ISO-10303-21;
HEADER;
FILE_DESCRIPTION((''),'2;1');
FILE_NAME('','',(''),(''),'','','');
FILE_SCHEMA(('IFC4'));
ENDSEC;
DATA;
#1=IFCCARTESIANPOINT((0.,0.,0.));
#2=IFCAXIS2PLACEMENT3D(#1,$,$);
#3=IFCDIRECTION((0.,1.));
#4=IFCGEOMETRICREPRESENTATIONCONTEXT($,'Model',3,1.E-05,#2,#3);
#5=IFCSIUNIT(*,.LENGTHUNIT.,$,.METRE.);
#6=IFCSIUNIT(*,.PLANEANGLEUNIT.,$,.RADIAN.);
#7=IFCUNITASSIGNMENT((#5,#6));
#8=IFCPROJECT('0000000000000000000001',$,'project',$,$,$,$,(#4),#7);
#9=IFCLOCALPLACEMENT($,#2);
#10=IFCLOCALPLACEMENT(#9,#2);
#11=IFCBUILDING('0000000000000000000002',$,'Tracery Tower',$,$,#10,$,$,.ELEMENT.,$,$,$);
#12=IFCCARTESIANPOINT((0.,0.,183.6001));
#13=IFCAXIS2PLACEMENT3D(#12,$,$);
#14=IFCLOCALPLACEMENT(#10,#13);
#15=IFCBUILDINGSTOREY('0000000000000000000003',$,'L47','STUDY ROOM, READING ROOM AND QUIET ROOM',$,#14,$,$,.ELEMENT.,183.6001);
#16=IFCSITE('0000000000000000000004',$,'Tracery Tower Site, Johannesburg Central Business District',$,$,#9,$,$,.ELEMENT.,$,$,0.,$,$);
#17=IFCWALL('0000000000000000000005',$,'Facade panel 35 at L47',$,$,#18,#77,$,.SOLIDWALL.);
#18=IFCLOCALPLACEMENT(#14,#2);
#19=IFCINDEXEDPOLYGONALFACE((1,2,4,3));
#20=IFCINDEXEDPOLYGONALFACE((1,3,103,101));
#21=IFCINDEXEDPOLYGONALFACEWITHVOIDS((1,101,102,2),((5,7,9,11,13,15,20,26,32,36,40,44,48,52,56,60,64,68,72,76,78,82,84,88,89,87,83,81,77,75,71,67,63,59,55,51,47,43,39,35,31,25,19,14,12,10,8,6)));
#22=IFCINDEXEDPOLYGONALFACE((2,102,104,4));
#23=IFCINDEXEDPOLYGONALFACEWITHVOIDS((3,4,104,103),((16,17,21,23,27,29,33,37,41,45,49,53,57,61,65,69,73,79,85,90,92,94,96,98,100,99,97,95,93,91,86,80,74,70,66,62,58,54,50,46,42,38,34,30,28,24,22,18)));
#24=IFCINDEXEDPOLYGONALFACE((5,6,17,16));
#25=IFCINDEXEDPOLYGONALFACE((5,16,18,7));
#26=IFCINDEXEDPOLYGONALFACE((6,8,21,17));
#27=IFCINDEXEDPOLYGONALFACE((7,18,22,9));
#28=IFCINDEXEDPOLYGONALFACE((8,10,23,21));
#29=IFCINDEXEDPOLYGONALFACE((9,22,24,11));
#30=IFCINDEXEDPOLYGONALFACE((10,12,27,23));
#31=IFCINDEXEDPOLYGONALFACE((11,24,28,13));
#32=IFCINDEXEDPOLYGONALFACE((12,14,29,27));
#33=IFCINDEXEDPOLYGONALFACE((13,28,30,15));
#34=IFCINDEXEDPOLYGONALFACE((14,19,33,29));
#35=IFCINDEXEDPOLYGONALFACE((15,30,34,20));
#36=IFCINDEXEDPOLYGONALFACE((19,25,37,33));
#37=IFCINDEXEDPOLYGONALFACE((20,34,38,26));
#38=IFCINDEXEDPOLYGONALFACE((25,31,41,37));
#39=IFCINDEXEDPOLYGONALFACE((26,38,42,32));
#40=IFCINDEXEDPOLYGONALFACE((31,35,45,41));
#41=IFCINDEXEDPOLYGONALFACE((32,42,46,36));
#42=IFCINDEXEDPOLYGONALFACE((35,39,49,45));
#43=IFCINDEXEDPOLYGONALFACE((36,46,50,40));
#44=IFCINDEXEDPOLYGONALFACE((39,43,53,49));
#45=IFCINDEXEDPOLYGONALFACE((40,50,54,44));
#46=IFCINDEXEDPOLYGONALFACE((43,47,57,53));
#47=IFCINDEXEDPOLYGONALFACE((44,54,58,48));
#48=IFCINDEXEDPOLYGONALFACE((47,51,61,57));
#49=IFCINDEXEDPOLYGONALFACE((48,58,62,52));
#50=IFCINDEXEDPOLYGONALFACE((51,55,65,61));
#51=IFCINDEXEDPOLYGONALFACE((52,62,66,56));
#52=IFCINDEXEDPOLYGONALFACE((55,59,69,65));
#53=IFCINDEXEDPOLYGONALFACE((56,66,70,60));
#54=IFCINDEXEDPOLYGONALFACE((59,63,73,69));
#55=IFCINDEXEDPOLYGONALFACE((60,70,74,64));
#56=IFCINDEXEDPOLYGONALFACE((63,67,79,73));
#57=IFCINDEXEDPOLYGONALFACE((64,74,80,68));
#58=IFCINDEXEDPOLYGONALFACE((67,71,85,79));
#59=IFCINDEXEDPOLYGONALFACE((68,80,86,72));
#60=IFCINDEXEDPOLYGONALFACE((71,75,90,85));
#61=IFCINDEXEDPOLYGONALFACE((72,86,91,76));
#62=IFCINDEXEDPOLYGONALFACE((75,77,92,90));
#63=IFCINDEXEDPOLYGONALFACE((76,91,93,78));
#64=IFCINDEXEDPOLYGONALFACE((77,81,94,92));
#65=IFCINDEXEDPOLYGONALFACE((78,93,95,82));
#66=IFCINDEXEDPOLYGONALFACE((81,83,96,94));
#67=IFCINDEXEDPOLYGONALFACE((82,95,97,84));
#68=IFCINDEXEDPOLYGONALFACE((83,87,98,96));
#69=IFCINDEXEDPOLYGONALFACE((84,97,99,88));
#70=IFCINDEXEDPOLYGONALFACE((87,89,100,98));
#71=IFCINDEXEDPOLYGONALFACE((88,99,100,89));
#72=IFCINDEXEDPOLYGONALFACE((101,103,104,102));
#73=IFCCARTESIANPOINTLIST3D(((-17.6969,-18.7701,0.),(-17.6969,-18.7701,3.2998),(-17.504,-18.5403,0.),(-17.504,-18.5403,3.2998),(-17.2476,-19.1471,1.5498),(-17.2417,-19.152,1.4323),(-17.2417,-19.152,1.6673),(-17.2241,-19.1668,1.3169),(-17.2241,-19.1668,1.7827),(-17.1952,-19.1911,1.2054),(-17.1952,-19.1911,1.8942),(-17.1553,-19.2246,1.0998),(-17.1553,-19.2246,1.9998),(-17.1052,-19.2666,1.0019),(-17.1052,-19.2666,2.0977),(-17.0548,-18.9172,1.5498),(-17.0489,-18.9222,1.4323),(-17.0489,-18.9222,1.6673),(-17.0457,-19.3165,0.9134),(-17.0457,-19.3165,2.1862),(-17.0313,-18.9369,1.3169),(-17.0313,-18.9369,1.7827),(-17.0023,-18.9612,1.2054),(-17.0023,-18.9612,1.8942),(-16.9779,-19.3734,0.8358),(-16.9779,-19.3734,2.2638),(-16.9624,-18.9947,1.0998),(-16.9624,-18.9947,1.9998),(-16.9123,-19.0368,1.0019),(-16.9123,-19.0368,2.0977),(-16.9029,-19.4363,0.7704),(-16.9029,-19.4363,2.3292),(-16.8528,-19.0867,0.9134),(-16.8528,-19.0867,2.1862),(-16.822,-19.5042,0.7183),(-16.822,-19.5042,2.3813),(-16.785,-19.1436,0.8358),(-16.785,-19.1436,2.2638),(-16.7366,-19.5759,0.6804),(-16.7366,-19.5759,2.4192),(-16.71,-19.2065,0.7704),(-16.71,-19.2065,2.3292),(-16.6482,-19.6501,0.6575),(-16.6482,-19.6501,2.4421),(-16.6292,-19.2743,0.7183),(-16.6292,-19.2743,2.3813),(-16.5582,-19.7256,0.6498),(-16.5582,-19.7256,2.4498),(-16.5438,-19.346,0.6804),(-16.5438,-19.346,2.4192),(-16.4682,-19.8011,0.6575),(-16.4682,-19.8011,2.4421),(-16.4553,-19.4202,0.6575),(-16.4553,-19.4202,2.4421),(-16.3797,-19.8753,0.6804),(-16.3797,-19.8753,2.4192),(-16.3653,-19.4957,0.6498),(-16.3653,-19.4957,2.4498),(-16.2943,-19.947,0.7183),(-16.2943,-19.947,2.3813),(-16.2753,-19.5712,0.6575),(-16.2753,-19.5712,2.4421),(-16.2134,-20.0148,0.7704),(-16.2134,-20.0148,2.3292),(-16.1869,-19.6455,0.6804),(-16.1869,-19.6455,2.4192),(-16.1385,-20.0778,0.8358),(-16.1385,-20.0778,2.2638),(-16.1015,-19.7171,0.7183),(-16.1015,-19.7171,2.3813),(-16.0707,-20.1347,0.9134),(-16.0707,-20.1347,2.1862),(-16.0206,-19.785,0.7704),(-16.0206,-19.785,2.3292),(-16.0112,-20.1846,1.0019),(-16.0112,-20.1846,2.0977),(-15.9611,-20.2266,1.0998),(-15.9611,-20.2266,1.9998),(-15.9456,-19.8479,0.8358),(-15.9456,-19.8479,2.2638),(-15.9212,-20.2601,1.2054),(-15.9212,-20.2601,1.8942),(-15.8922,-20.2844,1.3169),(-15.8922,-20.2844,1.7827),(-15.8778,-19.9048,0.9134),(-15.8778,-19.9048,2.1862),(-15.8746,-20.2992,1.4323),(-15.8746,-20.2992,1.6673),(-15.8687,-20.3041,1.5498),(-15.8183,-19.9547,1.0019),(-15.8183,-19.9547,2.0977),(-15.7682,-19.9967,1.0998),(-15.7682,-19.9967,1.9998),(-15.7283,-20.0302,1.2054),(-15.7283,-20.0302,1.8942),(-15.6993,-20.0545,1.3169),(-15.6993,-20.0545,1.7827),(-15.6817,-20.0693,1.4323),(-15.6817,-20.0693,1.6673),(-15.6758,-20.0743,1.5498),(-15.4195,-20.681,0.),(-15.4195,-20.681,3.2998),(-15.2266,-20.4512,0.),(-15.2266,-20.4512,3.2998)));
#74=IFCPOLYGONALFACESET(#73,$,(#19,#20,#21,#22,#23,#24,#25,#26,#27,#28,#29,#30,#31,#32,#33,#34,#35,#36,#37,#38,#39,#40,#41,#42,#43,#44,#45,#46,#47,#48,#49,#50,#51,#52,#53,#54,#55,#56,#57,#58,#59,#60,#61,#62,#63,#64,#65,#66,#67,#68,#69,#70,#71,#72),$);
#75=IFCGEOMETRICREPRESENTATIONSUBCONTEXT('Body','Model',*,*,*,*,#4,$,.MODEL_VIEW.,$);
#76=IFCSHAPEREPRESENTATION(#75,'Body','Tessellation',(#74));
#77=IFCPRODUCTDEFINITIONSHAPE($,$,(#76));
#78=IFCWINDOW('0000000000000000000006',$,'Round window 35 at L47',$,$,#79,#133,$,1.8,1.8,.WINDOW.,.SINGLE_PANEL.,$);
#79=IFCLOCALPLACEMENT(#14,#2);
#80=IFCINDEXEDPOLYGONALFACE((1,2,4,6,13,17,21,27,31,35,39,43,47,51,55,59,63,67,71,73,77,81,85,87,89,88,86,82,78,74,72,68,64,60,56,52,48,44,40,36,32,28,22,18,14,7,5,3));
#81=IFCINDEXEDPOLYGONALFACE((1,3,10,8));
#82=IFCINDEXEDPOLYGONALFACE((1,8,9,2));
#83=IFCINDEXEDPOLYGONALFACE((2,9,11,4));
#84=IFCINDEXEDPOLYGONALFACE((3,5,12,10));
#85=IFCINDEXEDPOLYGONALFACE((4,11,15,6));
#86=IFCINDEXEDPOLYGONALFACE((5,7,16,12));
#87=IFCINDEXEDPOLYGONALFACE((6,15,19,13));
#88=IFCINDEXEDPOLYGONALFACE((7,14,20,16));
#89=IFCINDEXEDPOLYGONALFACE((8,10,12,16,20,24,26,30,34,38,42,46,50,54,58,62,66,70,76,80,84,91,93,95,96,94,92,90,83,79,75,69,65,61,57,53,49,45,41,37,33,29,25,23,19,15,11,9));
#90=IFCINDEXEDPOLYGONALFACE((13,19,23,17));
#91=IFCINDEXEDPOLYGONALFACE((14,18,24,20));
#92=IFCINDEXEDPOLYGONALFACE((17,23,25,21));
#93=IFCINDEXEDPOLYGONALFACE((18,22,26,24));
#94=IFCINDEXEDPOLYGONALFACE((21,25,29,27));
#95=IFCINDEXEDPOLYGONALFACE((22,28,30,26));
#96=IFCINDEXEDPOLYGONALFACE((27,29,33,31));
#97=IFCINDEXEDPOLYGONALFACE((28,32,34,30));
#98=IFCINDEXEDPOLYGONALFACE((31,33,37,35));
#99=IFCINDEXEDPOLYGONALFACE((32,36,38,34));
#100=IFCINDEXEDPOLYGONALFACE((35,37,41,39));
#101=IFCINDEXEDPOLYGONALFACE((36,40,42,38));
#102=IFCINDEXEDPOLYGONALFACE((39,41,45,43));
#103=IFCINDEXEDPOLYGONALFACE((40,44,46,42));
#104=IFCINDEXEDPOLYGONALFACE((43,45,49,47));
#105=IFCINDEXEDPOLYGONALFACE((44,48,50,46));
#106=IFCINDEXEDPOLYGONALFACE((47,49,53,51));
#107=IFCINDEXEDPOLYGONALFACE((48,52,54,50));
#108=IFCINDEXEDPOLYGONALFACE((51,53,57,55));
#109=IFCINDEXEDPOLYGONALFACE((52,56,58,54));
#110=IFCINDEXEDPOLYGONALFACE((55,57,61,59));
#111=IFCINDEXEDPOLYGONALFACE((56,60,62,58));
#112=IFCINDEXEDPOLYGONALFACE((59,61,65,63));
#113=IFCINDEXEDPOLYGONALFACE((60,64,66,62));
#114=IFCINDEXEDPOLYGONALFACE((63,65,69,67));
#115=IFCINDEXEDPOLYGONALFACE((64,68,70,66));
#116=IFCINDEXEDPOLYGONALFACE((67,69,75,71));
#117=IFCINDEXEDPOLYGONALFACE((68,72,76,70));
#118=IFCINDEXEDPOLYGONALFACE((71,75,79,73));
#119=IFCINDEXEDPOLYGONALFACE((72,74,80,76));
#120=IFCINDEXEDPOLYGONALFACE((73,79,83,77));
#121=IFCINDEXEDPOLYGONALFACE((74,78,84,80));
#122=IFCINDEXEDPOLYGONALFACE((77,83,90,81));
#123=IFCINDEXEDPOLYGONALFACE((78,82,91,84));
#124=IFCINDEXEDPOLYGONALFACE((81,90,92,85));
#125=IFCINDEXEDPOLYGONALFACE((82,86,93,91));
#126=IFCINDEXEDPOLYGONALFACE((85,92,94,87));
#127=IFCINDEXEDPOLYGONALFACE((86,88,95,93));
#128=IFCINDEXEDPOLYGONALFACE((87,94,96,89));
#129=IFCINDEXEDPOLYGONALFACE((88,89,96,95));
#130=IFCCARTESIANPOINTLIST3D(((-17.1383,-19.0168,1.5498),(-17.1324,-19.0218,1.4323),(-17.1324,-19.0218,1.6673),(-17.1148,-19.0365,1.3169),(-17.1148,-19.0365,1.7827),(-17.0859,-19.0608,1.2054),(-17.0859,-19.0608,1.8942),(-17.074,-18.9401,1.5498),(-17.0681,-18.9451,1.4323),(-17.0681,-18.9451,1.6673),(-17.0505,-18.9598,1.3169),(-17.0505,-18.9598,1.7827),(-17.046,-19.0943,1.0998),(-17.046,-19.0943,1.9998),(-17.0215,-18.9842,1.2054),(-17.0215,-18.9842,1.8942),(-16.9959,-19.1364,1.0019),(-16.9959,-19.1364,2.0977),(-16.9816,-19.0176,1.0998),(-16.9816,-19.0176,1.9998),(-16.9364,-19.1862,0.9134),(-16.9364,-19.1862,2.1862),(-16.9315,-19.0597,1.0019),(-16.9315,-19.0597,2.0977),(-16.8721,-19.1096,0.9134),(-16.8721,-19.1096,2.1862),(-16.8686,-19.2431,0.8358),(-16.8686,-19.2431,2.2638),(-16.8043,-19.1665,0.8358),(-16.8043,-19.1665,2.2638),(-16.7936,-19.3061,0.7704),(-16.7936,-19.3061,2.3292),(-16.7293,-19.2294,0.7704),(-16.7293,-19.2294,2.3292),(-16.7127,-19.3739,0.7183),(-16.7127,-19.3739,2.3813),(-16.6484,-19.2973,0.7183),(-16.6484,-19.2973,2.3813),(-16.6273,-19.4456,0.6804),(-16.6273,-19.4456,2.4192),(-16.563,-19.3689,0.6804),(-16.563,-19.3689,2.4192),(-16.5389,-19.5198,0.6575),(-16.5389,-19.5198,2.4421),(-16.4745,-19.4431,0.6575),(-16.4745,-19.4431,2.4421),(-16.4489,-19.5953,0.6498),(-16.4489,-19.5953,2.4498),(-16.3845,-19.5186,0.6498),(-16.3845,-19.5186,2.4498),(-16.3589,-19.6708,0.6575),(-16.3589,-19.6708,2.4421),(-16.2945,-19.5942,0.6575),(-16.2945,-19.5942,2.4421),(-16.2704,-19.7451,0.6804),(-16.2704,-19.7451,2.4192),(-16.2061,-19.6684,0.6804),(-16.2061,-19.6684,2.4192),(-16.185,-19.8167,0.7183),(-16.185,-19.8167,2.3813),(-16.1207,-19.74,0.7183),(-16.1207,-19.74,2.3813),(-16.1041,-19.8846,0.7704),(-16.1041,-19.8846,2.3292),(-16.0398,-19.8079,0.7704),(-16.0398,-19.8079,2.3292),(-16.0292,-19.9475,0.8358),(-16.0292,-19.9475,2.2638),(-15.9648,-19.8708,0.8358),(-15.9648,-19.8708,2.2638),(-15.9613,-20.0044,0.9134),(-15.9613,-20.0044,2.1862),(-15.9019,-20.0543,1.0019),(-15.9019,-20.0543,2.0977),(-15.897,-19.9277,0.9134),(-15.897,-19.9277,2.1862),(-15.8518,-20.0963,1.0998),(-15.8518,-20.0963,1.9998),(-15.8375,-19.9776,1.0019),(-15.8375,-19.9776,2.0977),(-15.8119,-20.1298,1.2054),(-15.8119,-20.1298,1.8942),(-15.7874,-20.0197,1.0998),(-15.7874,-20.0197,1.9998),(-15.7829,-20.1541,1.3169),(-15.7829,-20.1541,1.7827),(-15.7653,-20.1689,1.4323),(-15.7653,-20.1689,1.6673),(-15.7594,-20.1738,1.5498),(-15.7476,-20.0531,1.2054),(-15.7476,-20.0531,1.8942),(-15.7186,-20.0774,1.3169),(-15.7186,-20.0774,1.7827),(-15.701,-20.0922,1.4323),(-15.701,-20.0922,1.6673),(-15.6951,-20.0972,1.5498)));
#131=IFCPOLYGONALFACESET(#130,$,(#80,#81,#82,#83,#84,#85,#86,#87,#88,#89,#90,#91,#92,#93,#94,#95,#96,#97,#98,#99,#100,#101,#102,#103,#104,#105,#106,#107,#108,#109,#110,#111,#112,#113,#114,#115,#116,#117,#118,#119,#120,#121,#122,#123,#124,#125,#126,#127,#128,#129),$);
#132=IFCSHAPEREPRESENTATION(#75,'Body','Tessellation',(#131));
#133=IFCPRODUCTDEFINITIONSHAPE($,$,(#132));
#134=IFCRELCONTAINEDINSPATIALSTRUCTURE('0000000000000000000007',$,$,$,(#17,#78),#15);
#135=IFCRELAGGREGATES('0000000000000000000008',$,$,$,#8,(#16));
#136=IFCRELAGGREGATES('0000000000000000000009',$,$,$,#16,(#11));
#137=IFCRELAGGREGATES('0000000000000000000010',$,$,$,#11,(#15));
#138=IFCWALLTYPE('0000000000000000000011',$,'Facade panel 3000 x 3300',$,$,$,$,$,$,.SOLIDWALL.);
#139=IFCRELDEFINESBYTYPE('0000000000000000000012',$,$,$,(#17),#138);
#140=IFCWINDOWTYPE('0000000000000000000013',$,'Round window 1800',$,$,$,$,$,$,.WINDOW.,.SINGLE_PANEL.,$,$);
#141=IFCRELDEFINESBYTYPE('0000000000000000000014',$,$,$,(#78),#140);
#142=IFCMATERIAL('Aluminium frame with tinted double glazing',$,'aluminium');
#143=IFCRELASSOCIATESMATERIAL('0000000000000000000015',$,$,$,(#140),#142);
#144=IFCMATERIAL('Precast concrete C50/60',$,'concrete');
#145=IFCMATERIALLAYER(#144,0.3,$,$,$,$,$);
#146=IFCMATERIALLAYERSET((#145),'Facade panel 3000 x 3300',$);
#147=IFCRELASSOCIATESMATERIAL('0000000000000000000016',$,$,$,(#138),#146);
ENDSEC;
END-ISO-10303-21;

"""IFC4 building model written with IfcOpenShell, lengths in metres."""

from ifc_helpers import new_model, si_unit, direction, frame, frame_2d, origin, origin_2d, place, context, subcontext, project, spatial, rectangle, circle, extrude, material, layer, layer_set, type_object, element, fill, save


model = new_model("IFC4")

# Units and contexts
model_context = context("Model", 3, precision=1e-05, world=origin(), true_north=direction((0.0, 1.0)))
body_context = subcontext(model_context, "Body", "Model", "MODEL_VIEW")
ifc_project = project(units=[si_unit("LENGTHUNIT", "METRE"), si_unit("PLANEANGLEUNIT", "RADIAN")], contexts=[model_context])

# Site, building, storey
site_placement = place(None, origin())
site = spatial("IfcSite", under=ifc_project, at=site_placement, Name="Tracery Tower Site, Johannesburg Central Business District", CompositionType="ELEMENT", RefElevation=0.0)
building_placement = place(site_placement, origin())
building = spatial("IfcBuilding", under=site, at=building_placement, Name="Tracery Tower", CompositionType="ELEMENT")
storey_placement = place(building_placement, frame((0.0, 0.0, 183.6001)))
storey = spatial("IfcBuildingStorey", under=building, at=storey_placement, Name="L47", Description="STUDY ROOM, READING ROOM AND QUIET ROOM", CompositionType="ELEMENT", Elevation=183.6001)

# Wall, opening, window
ifc_material_1 = material(Name="Aluminium frame with tinted double glazing", Category="aluminium")
window_type = type_object("IfcWindowType", Name="Round window 1800", PartitioningType="SINGLE_PANEL", PredefinedType="WINDOW", material=ifc_material_1)
ifc_material_2 = material(Name="Precast concrete C50/60", Category="concrete")
ifc_layer_1 = layer(ifc_material_2, 0.3)
ifc_layer_set_1 = layer_set([ifc_layer_1], Name="Facade panel 3000 x 3300")
wall_type_1 = type_object("IfcWallType", Name="Facade panel 3000 x 3300", PredefinedType="SOLIDWALL", material=ifc_layer_set_1)
wall_1_placement = place(storey_placement, frame((-17.6003, -18.6553, 0.0), z_axis=(0.0, 0.0, 1.0), x_axis=(0.766049, -0.642782, 0.0)))
wall_1 = element("IfcWall", 1, at=wall_1_placement, inside=storey, type_object=wall_type_1, Name="Facade panel 35 at L47", PredefinedType="SOLIDWALL", context=body_context, shape_type="SweptSolid", body=[
    extrude(rectangle(XDim=2.9729, YDim=0.3, at=frame_2d((1.4863, 0.0))), origin(), (0.0, 0.0, 1.0), 3.2998),
])
opening_1_placement = place(wall_1_placement, frame((1.4863, 0.0, 1.5498)))
opening_1 = element("IfcOpeningElement", 2, at=opening_1_placement, cuts=wall_1, PredefinedType="OPENING", context=body_context, shape_type="SweptSolid", body=[
    extrude(circle(Radius=0.9, at=origin_2d()), frame((0.0, 0.1599, 0.0), z_axis=(0.0, -1.0, 0.0), x_axis=(1.0, 0.0, 0.0)), (0.0, 0.0, 1.0), 0.3201),
])
window_1_placement = place(opening_1_placement, origin())
window_1 = element("IfcWindow", 3, at=window_1_placement, inside=storey, type_object=window_type, Name="Round window 35 at L47", OverallHeight=1.8, OverallWidth=1.8, PartitioningType="SINGLE_PANEL", PredefinedType="WINDOW", context=body_context, shape_type="SweptSolid", body=[
    extrude(circle(Radius=0.9, at=origin_2d()), frame((0.0, 0.1201, 0.0), z_axis=(0.0, -1.0, 0.0), x_axis=(1.0, 0.0, 0.0)), (0.0, 0.0, 1.0), 0.1001),
])
fill(opening_1, window_1)

save(model, "model.ifc")
